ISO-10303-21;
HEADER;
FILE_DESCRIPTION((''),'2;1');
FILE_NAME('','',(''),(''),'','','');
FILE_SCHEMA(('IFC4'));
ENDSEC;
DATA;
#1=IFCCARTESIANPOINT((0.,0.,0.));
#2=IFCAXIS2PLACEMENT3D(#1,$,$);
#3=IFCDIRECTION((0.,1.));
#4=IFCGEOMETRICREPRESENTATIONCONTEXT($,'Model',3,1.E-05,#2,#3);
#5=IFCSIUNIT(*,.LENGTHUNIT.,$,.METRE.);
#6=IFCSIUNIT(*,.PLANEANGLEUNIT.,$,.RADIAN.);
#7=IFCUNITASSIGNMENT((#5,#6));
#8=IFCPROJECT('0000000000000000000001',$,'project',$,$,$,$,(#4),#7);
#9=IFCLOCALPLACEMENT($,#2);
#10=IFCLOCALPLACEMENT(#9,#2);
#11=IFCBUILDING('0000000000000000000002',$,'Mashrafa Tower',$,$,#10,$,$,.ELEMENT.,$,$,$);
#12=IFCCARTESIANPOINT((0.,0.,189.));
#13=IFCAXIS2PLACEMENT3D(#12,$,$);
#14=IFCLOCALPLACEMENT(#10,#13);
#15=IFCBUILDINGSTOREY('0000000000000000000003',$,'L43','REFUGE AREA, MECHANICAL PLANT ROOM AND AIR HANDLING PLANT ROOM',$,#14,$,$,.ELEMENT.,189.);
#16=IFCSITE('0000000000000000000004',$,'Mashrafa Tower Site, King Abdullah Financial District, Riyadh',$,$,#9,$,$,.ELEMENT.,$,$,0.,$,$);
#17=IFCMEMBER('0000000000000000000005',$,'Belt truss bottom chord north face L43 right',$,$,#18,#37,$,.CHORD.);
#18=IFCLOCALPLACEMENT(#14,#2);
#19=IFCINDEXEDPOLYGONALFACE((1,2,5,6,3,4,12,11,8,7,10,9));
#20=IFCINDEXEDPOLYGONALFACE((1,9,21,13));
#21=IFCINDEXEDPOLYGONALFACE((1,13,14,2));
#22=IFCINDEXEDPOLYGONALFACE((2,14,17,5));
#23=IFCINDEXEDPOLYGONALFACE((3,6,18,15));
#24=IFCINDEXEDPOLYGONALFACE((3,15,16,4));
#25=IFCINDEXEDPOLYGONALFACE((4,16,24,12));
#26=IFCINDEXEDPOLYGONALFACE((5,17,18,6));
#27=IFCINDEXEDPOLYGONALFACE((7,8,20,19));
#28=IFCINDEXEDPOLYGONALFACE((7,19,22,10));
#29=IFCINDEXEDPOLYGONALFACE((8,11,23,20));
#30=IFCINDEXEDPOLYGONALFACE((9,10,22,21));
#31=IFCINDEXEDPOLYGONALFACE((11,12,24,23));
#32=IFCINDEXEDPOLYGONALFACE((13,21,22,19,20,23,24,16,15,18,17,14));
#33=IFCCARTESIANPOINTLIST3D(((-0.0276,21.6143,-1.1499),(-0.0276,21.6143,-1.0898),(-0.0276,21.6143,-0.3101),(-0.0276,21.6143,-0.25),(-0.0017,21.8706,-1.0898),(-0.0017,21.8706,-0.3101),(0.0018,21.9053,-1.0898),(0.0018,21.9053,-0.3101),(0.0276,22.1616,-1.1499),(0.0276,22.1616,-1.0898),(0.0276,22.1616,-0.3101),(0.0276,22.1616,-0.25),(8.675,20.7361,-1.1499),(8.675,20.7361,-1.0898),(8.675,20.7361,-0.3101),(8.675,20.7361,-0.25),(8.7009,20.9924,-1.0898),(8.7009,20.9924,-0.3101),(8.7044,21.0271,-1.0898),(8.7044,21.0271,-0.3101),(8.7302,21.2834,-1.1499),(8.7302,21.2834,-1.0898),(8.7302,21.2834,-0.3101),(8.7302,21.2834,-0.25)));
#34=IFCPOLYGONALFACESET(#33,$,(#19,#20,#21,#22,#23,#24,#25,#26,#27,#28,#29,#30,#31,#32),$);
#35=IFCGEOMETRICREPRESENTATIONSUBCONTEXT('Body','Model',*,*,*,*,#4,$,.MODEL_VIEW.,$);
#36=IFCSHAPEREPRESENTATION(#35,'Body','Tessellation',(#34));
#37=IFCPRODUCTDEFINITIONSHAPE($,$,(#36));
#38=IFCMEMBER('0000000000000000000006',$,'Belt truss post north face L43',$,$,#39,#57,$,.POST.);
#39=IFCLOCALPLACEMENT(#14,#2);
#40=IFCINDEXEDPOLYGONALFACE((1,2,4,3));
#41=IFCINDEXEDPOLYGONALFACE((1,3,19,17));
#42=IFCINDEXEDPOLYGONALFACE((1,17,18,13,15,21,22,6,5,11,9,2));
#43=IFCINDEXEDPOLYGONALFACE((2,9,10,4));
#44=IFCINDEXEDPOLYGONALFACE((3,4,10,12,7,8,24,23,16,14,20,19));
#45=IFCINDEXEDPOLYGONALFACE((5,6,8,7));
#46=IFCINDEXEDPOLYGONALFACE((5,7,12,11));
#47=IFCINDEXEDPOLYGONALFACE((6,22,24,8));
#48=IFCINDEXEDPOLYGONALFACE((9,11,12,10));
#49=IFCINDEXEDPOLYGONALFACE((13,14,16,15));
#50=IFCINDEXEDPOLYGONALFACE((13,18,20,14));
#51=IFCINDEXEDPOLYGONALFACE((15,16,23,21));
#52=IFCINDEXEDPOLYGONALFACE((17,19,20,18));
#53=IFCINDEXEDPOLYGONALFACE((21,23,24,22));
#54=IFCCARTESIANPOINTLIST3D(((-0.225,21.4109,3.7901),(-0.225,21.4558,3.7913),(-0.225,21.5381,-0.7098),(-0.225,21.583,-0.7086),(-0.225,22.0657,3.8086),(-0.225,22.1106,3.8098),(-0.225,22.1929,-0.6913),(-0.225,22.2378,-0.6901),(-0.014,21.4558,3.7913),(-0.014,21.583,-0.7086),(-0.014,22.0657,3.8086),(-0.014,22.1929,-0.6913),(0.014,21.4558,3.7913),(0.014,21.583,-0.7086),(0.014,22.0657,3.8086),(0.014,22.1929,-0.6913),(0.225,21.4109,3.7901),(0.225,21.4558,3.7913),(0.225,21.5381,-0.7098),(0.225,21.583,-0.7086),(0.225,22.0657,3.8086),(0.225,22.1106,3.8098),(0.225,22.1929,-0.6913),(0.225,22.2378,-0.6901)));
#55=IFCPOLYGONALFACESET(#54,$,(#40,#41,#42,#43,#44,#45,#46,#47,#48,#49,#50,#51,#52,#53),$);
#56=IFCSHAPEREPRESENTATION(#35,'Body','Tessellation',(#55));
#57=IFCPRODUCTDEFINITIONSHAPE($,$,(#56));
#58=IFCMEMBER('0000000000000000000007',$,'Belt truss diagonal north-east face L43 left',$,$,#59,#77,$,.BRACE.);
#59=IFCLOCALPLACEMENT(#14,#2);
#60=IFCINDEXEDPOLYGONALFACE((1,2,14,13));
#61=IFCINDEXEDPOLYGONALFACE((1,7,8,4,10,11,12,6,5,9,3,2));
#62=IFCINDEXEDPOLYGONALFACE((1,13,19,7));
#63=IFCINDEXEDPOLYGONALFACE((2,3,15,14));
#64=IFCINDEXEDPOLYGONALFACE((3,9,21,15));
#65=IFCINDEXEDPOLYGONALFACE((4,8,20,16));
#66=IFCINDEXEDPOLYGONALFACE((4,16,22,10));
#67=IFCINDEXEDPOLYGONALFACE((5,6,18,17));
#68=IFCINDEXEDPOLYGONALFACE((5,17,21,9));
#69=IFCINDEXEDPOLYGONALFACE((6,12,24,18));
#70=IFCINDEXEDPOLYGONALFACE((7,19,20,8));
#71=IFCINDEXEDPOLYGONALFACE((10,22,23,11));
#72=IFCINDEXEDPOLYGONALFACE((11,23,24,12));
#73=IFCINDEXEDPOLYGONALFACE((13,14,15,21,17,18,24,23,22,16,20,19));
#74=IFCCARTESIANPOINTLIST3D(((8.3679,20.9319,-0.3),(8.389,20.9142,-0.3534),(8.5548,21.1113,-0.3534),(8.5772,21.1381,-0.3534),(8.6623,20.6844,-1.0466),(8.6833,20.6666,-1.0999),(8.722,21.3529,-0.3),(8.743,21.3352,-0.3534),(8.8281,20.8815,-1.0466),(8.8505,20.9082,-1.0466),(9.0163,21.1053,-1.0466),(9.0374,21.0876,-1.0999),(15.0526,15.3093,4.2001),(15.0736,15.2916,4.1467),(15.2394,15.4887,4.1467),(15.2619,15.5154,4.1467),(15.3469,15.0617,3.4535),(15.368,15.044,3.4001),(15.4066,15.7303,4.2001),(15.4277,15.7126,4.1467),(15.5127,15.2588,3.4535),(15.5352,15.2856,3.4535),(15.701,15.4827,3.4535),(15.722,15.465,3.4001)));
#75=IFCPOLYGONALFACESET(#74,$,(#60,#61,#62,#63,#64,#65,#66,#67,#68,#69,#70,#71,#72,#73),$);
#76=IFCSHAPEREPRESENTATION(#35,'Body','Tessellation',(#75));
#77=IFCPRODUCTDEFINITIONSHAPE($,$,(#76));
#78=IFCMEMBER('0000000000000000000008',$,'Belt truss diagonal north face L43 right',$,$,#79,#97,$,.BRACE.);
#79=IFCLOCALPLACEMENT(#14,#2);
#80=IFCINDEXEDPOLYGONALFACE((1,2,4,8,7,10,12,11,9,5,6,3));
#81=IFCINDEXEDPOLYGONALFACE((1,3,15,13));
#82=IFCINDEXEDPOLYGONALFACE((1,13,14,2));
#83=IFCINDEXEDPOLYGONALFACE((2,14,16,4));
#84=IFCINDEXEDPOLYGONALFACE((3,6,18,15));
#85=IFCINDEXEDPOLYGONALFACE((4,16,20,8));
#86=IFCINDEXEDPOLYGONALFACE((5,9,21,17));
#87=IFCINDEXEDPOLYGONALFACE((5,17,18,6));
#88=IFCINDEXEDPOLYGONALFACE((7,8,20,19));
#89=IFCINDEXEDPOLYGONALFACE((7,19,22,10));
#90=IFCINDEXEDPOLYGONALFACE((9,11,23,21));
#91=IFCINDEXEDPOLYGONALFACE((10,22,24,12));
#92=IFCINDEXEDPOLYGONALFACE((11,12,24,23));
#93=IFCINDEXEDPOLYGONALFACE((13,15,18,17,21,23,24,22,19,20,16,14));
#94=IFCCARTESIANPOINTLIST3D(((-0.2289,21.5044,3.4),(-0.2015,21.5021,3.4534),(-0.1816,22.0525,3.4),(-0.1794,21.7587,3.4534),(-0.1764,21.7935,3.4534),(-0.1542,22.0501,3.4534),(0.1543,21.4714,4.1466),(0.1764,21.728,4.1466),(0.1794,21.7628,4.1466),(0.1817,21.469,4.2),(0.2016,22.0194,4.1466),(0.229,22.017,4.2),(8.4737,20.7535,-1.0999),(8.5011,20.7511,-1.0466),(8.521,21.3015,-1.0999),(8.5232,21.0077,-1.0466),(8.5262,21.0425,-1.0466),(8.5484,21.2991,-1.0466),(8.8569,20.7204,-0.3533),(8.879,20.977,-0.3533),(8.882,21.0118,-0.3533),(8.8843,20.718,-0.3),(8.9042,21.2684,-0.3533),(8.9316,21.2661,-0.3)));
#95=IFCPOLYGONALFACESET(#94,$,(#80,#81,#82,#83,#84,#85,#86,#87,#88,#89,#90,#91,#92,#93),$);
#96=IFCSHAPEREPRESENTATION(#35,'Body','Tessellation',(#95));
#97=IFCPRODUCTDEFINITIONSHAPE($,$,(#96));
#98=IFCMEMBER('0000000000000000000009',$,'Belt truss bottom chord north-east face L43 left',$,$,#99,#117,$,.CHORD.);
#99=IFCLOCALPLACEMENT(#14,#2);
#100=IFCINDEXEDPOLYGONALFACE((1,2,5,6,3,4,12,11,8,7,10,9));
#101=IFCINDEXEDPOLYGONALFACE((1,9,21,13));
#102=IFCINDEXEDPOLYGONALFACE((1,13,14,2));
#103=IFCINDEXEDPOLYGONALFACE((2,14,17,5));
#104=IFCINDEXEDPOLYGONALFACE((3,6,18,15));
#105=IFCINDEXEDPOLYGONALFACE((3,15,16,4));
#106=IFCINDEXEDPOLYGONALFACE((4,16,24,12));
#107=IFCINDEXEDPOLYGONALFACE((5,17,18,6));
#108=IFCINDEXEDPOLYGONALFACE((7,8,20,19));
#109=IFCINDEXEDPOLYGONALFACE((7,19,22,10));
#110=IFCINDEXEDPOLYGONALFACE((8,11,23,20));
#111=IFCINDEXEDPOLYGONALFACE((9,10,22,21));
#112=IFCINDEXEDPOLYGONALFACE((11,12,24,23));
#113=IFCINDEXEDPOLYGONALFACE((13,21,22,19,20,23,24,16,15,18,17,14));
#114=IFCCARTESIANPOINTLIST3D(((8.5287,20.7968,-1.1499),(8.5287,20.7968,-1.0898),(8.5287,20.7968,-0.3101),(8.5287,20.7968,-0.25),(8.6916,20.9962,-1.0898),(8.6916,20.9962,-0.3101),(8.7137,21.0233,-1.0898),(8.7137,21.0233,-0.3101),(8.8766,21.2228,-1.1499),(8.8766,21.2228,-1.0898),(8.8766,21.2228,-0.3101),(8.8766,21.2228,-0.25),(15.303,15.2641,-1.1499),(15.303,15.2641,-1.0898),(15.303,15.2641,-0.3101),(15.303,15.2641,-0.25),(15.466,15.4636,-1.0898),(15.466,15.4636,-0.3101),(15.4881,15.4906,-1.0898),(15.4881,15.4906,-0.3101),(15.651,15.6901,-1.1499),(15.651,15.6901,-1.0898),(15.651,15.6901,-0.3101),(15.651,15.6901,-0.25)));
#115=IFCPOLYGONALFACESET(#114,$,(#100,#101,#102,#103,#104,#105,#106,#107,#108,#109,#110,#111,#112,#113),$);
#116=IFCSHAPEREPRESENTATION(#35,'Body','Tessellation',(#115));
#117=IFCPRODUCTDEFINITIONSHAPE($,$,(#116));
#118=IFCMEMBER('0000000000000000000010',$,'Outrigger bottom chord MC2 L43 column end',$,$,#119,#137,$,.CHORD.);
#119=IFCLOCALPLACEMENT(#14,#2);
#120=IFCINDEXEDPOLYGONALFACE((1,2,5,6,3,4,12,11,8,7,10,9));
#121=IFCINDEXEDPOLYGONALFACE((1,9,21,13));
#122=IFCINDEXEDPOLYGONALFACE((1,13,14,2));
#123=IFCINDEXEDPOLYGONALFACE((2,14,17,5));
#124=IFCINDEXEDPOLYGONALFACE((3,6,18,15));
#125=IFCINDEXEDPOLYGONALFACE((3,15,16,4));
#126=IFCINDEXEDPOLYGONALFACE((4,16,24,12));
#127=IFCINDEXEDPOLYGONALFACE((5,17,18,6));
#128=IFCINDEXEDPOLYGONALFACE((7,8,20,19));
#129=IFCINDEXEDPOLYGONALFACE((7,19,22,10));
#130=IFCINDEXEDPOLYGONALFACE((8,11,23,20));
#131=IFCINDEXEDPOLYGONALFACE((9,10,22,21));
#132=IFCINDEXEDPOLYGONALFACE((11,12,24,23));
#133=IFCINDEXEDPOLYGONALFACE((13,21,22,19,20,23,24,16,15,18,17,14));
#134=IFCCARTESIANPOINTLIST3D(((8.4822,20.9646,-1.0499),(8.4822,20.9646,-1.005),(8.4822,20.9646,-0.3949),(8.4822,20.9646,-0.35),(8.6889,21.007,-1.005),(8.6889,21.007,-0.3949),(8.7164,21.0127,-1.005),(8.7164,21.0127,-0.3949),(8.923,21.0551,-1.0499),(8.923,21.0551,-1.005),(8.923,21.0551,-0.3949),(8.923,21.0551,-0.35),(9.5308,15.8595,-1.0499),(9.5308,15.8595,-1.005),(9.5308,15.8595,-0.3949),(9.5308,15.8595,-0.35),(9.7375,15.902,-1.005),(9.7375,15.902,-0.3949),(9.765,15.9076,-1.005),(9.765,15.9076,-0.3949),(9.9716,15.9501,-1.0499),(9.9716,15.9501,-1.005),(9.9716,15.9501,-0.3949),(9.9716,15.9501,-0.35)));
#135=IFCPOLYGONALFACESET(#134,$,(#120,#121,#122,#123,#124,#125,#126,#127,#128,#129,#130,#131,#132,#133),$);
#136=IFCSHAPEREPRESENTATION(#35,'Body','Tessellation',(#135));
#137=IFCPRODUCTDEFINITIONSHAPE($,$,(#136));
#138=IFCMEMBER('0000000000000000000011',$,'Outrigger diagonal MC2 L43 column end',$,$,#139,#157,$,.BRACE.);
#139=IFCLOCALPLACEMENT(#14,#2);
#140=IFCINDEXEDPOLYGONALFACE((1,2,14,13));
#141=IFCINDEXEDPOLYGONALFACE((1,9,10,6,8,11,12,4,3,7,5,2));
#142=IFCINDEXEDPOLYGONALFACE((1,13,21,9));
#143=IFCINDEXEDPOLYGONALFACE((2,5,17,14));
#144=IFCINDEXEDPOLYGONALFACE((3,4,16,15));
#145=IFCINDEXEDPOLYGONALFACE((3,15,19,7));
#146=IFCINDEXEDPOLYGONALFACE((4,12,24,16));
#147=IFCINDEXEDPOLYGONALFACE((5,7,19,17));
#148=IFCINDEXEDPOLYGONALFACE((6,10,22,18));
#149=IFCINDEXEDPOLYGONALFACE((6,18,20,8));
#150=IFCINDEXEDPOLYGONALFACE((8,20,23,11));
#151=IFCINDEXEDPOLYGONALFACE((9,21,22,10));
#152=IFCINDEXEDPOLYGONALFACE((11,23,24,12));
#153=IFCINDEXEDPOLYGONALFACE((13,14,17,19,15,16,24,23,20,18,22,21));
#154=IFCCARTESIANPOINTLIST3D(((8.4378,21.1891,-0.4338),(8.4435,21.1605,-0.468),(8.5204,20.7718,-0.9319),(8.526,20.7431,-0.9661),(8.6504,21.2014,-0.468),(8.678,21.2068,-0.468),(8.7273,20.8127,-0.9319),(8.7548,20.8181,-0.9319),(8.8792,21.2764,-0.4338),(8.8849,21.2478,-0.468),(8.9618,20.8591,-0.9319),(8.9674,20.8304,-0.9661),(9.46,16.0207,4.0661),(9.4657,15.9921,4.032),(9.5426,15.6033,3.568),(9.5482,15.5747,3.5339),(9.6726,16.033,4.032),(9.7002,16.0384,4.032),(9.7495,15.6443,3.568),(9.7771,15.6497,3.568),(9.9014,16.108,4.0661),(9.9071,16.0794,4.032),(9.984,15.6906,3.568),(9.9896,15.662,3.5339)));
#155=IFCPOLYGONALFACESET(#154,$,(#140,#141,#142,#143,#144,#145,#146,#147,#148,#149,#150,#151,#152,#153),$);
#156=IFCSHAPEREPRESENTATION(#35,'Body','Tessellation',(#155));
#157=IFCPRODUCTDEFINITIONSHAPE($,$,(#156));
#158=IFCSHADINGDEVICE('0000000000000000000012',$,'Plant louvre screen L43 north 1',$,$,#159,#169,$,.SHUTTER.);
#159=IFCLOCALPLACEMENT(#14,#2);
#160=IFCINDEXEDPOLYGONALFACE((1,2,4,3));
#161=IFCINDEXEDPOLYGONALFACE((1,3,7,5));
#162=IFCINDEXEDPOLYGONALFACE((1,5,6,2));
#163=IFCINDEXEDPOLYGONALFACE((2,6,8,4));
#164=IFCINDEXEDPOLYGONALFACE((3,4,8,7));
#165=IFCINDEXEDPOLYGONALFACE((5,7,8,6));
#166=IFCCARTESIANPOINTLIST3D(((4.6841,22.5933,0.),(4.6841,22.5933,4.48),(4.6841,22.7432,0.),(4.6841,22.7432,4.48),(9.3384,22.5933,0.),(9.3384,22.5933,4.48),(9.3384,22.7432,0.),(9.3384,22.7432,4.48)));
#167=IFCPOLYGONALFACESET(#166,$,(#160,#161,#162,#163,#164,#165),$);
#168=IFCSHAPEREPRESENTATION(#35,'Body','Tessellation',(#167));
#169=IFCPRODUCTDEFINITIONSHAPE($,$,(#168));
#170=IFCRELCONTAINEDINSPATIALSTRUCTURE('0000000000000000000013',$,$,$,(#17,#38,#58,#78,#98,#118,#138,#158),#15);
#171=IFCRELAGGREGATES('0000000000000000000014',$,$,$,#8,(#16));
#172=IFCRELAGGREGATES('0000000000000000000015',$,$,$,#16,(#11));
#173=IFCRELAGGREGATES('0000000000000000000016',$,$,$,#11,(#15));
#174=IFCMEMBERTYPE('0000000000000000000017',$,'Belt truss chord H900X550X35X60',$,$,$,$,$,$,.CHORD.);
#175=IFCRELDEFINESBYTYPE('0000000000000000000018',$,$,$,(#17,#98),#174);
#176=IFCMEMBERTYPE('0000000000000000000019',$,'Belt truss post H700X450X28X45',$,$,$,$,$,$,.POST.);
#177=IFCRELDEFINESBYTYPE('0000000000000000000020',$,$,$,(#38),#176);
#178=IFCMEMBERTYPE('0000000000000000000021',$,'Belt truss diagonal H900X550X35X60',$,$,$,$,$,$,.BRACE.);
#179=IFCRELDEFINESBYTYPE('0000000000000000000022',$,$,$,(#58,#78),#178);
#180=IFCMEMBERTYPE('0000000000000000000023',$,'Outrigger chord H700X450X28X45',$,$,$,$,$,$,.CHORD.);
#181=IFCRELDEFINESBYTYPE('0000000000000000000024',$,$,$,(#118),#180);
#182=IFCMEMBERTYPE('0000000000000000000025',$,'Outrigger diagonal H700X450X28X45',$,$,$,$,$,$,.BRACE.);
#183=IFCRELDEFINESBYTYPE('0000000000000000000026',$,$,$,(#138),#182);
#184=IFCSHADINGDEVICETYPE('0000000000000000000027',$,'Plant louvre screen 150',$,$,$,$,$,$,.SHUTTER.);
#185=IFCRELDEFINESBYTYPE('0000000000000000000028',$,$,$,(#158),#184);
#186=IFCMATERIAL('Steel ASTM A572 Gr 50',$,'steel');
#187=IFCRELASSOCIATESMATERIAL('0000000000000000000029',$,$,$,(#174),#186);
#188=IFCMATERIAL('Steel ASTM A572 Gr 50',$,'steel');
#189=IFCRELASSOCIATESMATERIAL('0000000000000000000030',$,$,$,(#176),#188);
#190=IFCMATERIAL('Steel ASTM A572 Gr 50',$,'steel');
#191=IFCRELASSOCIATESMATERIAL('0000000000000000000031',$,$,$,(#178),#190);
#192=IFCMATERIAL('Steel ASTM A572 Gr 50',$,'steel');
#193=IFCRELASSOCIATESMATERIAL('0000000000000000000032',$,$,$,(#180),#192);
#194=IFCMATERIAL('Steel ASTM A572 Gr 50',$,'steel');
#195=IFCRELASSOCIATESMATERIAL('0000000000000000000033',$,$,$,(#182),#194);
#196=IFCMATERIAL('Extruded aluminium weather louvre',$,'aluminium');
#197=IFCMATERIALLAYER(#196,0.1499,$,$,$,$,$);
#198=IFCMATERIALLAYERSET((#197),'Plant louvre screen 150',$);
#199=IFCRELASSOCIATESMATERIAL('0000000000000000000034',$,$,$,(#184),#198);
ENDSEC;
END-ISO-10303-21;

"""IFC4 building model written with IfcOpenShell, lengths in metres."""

from ifc_helpers import new_model, si_unit, direction, frame, origin, origin_2d, place, context, subcontext, project, spatial, rectangle, i_section, extrude, source, transform, mapped, material, layer, layer_set, material_profile, profile_set, type_object, type_shapes, element, save


model = new_model("IFC4")

# Units and contexts
model_context = context("Model", 3, precision=1e-05, world=origin(), true_north=direction((0.0, 1.0)))
body_context = subcontext(model_context, "Body", "Model", "MODEL_VIEW")
ifc_project = project(units=[si_unit("LENGTHUNIT", "METRE"), si_unit("PLANEANGLEUNIT", "RADIAN")], contexts=[model_context])

# Site, building, storey
site_placement = place(None, origin())
site = spatial("IfcSite", under=ifc_project, at=site_placement, Name="Mashrafa Tower Site, King Abdullah Financial District, Riyadh", CompositionType="ELEMENT", RefElevation=0.0)
building_placement = place(site_placement, origin())
building = spatial("IfcBuilding", under=site, at=building_placement, Name="Mashrafa Tower", CompositionType="ELEMENT")
storey_placement = place(building_placement, frame((0.0, 0.0, 189.0)))
storey = spatial("IfcBuildingStorey", under=building, at=storey_placement, Name="L43", Description="REFUGE AREA, MECHANICAL PLANT ROOM AND AIR HANDLING PLANT ROOM", CompositionType="ELEMENT", Elevation=189.0)

# Members
ifc_material_1 = material(Name="Steel ASTM A572 Gr 50", Category="steel")
ifc_material_profile_1 = material_profile(ifc_material_1, i_section(OverallWidth=0.55, OverallDepth=0.8999, WebThickness=0.0349, FlangeThickness=0.0601, at=origin_2d()), Name="H900X550X35X60")
ifc_profile_set_1 = profile_set([ifc_material_profile_1], Name="Steel ASTM A572 Gr 50")
member_type_1 = type_object("IfcMemberType", Name="Belt truss chord H900X550X35X60", PredefinedType="CHORD", material=ifc_profile_set_1)
shared_shape_1 = source(origin(), body_context, "Body", "SweptSolid", [
    extrude(i_section(OverallWidth=0.55, OverallDepth=0.8999, WebThickness=0.0349, FlangeThickness=0.0601, at=origin_2d()), origin(), (0.0, 0.0, 1.0), 8.7468),
])
member_1_placement = place(storey_placement, frame((8.7026, 21.0098, -0.7), z_axis=(-0.994947, 0.100399, 0.0), x_axis=(-0.100399, -0.994947, 0.0)))
element("IfcMember", 1, at=member_1_placement, inside=storey, type_object=member_type_1, Name="Belt truss bottom chord north face L43 right", PredefinedType="CHORD", context=body_context, shape_type="MappedRepresentation", body=[
    mapped(shared_shape_1, transform((0.0, 0.0, 0.0))),
])
ifc_material_2 = material(Name="Steel ASTM A572 Gr 50", Category="steel")
ifc_material_profile_2 = material_profile(ifc_material_2, i_section(OverallWidth=0.45, OverallDepth=0.7, WebThickness=0.0281, FlangeThickness=0.0449, at=origin_2d()), Name="H700X450X28X45")
ifc_profile_set_2 = profile_set([ifc_material_profile_2], Name="Steel ASTM A572 Gr 50")
member_type_2 = type_object("IfcMemberType", Name="Belt truss post H700X450X28X45", PredefinedType="POST", material=ifc_profile_set_2)
shared_shape_2 = source(origin(), body_context, "Body", "SweptSolid", [
    extrude(i_section(OverallWidth=0.45, OverallDepth=0.7, WebThickness=0.0281, FlangeThickness=0.0449, at=origin_2d()), origin(), (0.0, 0.0, 1.0), 4.5017),
])
type_shapes(member_type_2, [shared_shape_2])
member_2_placement = place(storey_placement, frame((0.0, 21.8879, -0.7), z_axis=(0.0, -0.028255, 0.999601), x_axis=(1.0, 0.0, 0.0)))
element("IfcMember", 2, at=member_2_placement, inside=storey, type_object=member_type_2, Name="Belt truss post north face L43", PredefinedType="POST", context=body_context, shape_type="MappedRepresentation", body=[
    mapped(shared_shape_2, transform((0.0, 0.0, 0.0))),
])
ifc_material_3 = material(Name="Steel ASTM A572 Gr 50", Category="steel")
ifc_material_profile_3 = material_profile(ifc_material_3, i_section(OverallWidth=0.55, OverallDepth=0.8999, WebThickness=0.0349, FlangeThickness=0.0601, at=origin_2d()), Name="H900X550X35X60")
ifc_profile_set_3 = profile_set([ifc_material_profile_3], Name="Steel ASTM A572 Gr 50")
member_type_3 = type_object("IfcMemberType", Name="Belt truss diagonal H900X550X35X60", PredefinedType="BRACE", material=ifc_profile_set_3)
shared_shape_3 = source(origin(), body_context, "Body", "SweptSolid", [
    extrude(i_section(OverallWidth=0.55, OverallDepth=0.8999, WebThickness=0.0349, FlangeThickness=0.0601, at=origin_2d()), origin(), (0.0, 0.0, 1.0), 9.8259),
])
type_shapes(member_type_3, [shared_shape_3])
for number, where, z_axis, x_axis, name in (
    (3, (8.7026, 21.0098, -0.7), (0.680307, -0.572223, 0.457977), (0.643697, 0.765281, 0.0), "Belt truss diagonal north-east face L43 left"),
    (4, (8.7026, 21.0098, -0.7), (-0.885676, 0.076428, 0.45797), (-0.085973, -0.996297, 0.0), "Belt truss diagonal north face L43 right"),
):
    element("IfcMember", number, at=place(storey_placement, frame(where, z_axis=z_axis, x_axis=x_axis)), inside=storey, type_object=member_type_3, Name=name, PredefinedType="BRACE", context=body_context, shape_type="MappedRepresentation", body=[
        mapped(shared_shape_3, transform((0.0, 0.0, 0.0))),
    ])
shared_shape_4 = source(origin(), body_context, "Body", "SweptSolid", [
    extrude(i_section(OverallWidth=0.55, OverallDepth=0.8999, WebThickness=0.0349, FlangeThickness=0.0601, at=origin_2d()), origin(), (0.0, 0.0, 1.0), 8.7466),
])
type_shapes(member_type_1, [shared_shape_1, shared_shape_4])
member_3_placement = place(storey_placement, frame((8.7026, 21.0098, -0.7), z_axis=(0.774517, -0.632554, 0.0), x_axis=(0.632554, 0.774517, 0.0)))
element("IfcMember", 5, at=member_3_placement, inside=storey, type_object=member_type_1, Name="Belt truss bottom chord north-east face L43 left", PredefinedType="CHORD", context=body_context, shape_type="MappedRepresentation", body=[
    mapped(shared_shape_4, transform((0.0, 0.0, 0.0))),
])
ifc_material_4 = material(Name="Steel ASTM A572 Gr 50", Category="steel")
ifc_material_profile_4 = material_profile(ifc_material_4, i_section(OverallWidth=0.45, OverallDepth=0.7, WebThickness=0.0281, FlangeThickness=0.0449, at=origin_2d()), Name="H700X450X28X45")
ifc_profile_set_4 = profile_set([ifc_material_profile_4], Name="Steel ASTM A572 Gr 50")
member_type_4 = type_object("IfcMemberType", Name="Outrigger chord H700X450X28X45", PredefinedType="CHORD", material=ifc_profile_set_4)
shared_shape_5 = source(origin(), body_context, "Body", "SweptSolid", [
    extrude(i_section(OverallWidth=0.45, OverallDepth=0.7, WebThickness=0.0281, FlangeThickness=0.0449, at=origin_2d()), origin(), (0.0, 0.0, 1.0), 5.2117),
])
type_shapes(member_type_4, [shared_shape_5])
member_4_placement = place(storey_placement, frame((9.7512, 15.9048, -0.7), z_axis=(-0.201203, 0.979549, 0.0), x_axis=(-0.979549, -0.201203, 0.0)))
element("IfcMember", 6, at=member_4_placement, inside=storey, type_object=member_type_4, Name="Outrigger bottom chord MC2 L43 column end", PredefinedType="CHORD", context=body_context, shape_type="MappedRepresentation", body=[
    mapped(shared_shape_5, transform((0.0, 0.0, 0.0))),
])
ifc_material_5 = material(Name="Steel ASTM A572 Gr 50", Category="steel")
ifc_material_profile_5 = material_profile(ifc_material_5, i_section(OverallWidth=0.45, OverallDepth=0.7, WebThickness=0.0281, FlangeThickness=0.0449, at=origin_2d()), Name="H700X450X28X45")
ifc_profile_set_5 = profile_set([ifc_material_profile_5], Name="Steel ASTM A572 Gr 50")
member_type_5 = type_object("IfcMemberType", Name="Outrigger diagonal H700X450X28X45", PredefinedType="BRACE", material=ifc_profile_set_5)
shared_shape_6 = source(origin(), body_context, "Body", "SweptSolid", [
    extrude(i_section(OverallWidth=0.45, OverallDepth=0.7, WebThickness=0.0281, FlangeThickness=0.0449, at=origin_2d()), origin(), (0.0, 0.0, 1.0), 6.9287),
])
type_shapes(member_type_5, [shared_shape_6])
member_5_placement = place(storey_placement, frame((8.7026, 21.0098, -0.7), z_axis=(0.147532, -0.745941, 0.649466), x_axis=(0.980997, 0.194022, 0.0)))
element("IfcMember", 7, at=member_5_placement, inside=storey, type_object=member_type_5, Name="Outrigger diagonal MC2 L43 column end", PredefinedType="BRACE", context=body_context, shape_type="MappedRepresentation", body=[
    mapped(shared_shape_6, transform((0.0, 0.0, 0.0))),
])

# Shading device
ifc_material_6 = material(Name="Extruded aluminium weather louvre", Category="aluminium")
ifc_layer = layer(ifc_material_6, 0.1499)
ifc_layer_set = layer_set([ifc_layer], Name="Plant louvre screen 150")
shading_device_type = type_object("IfcShadingDeviceType", Name="Plant louvre screen 150", PredefinedType="SHUTTER", material=ifc_layer_set)
shared_shape_7 = source(origin(), body_context, "Body", "SweptSolid", [
    extrude(rectangle(XDim=4.6543, YDim=0.1499, at=origin_2d()), origin(), (0.0, 0.0, 1.0), 4.48),
])
type_shapes(shading_device_type, [shared_shape_7])
for number, where, z_axis, x_axis, name in (
    (8, (7.0112, 22.6682, 0.0), (0.0, 0.0, 1.0), (-1.0, 0.0, 0.0), "Plant louvre screen L43 north 1"),
):
    element("IfcShadingDevice", number, at=place(storey_placement, frame(where, z_axis=z_axis, x_axis=x_axis)), inside=storey, type_object=shading_device_type, Name=name, PredefinedType="SHUTTER", context=body_context, shape_type="MappedRepresentation", body=[
        mapped(shared_shape_7, transform((0.0, 0.0, 0.0))),
    ])

save(model, "model.ifc")
